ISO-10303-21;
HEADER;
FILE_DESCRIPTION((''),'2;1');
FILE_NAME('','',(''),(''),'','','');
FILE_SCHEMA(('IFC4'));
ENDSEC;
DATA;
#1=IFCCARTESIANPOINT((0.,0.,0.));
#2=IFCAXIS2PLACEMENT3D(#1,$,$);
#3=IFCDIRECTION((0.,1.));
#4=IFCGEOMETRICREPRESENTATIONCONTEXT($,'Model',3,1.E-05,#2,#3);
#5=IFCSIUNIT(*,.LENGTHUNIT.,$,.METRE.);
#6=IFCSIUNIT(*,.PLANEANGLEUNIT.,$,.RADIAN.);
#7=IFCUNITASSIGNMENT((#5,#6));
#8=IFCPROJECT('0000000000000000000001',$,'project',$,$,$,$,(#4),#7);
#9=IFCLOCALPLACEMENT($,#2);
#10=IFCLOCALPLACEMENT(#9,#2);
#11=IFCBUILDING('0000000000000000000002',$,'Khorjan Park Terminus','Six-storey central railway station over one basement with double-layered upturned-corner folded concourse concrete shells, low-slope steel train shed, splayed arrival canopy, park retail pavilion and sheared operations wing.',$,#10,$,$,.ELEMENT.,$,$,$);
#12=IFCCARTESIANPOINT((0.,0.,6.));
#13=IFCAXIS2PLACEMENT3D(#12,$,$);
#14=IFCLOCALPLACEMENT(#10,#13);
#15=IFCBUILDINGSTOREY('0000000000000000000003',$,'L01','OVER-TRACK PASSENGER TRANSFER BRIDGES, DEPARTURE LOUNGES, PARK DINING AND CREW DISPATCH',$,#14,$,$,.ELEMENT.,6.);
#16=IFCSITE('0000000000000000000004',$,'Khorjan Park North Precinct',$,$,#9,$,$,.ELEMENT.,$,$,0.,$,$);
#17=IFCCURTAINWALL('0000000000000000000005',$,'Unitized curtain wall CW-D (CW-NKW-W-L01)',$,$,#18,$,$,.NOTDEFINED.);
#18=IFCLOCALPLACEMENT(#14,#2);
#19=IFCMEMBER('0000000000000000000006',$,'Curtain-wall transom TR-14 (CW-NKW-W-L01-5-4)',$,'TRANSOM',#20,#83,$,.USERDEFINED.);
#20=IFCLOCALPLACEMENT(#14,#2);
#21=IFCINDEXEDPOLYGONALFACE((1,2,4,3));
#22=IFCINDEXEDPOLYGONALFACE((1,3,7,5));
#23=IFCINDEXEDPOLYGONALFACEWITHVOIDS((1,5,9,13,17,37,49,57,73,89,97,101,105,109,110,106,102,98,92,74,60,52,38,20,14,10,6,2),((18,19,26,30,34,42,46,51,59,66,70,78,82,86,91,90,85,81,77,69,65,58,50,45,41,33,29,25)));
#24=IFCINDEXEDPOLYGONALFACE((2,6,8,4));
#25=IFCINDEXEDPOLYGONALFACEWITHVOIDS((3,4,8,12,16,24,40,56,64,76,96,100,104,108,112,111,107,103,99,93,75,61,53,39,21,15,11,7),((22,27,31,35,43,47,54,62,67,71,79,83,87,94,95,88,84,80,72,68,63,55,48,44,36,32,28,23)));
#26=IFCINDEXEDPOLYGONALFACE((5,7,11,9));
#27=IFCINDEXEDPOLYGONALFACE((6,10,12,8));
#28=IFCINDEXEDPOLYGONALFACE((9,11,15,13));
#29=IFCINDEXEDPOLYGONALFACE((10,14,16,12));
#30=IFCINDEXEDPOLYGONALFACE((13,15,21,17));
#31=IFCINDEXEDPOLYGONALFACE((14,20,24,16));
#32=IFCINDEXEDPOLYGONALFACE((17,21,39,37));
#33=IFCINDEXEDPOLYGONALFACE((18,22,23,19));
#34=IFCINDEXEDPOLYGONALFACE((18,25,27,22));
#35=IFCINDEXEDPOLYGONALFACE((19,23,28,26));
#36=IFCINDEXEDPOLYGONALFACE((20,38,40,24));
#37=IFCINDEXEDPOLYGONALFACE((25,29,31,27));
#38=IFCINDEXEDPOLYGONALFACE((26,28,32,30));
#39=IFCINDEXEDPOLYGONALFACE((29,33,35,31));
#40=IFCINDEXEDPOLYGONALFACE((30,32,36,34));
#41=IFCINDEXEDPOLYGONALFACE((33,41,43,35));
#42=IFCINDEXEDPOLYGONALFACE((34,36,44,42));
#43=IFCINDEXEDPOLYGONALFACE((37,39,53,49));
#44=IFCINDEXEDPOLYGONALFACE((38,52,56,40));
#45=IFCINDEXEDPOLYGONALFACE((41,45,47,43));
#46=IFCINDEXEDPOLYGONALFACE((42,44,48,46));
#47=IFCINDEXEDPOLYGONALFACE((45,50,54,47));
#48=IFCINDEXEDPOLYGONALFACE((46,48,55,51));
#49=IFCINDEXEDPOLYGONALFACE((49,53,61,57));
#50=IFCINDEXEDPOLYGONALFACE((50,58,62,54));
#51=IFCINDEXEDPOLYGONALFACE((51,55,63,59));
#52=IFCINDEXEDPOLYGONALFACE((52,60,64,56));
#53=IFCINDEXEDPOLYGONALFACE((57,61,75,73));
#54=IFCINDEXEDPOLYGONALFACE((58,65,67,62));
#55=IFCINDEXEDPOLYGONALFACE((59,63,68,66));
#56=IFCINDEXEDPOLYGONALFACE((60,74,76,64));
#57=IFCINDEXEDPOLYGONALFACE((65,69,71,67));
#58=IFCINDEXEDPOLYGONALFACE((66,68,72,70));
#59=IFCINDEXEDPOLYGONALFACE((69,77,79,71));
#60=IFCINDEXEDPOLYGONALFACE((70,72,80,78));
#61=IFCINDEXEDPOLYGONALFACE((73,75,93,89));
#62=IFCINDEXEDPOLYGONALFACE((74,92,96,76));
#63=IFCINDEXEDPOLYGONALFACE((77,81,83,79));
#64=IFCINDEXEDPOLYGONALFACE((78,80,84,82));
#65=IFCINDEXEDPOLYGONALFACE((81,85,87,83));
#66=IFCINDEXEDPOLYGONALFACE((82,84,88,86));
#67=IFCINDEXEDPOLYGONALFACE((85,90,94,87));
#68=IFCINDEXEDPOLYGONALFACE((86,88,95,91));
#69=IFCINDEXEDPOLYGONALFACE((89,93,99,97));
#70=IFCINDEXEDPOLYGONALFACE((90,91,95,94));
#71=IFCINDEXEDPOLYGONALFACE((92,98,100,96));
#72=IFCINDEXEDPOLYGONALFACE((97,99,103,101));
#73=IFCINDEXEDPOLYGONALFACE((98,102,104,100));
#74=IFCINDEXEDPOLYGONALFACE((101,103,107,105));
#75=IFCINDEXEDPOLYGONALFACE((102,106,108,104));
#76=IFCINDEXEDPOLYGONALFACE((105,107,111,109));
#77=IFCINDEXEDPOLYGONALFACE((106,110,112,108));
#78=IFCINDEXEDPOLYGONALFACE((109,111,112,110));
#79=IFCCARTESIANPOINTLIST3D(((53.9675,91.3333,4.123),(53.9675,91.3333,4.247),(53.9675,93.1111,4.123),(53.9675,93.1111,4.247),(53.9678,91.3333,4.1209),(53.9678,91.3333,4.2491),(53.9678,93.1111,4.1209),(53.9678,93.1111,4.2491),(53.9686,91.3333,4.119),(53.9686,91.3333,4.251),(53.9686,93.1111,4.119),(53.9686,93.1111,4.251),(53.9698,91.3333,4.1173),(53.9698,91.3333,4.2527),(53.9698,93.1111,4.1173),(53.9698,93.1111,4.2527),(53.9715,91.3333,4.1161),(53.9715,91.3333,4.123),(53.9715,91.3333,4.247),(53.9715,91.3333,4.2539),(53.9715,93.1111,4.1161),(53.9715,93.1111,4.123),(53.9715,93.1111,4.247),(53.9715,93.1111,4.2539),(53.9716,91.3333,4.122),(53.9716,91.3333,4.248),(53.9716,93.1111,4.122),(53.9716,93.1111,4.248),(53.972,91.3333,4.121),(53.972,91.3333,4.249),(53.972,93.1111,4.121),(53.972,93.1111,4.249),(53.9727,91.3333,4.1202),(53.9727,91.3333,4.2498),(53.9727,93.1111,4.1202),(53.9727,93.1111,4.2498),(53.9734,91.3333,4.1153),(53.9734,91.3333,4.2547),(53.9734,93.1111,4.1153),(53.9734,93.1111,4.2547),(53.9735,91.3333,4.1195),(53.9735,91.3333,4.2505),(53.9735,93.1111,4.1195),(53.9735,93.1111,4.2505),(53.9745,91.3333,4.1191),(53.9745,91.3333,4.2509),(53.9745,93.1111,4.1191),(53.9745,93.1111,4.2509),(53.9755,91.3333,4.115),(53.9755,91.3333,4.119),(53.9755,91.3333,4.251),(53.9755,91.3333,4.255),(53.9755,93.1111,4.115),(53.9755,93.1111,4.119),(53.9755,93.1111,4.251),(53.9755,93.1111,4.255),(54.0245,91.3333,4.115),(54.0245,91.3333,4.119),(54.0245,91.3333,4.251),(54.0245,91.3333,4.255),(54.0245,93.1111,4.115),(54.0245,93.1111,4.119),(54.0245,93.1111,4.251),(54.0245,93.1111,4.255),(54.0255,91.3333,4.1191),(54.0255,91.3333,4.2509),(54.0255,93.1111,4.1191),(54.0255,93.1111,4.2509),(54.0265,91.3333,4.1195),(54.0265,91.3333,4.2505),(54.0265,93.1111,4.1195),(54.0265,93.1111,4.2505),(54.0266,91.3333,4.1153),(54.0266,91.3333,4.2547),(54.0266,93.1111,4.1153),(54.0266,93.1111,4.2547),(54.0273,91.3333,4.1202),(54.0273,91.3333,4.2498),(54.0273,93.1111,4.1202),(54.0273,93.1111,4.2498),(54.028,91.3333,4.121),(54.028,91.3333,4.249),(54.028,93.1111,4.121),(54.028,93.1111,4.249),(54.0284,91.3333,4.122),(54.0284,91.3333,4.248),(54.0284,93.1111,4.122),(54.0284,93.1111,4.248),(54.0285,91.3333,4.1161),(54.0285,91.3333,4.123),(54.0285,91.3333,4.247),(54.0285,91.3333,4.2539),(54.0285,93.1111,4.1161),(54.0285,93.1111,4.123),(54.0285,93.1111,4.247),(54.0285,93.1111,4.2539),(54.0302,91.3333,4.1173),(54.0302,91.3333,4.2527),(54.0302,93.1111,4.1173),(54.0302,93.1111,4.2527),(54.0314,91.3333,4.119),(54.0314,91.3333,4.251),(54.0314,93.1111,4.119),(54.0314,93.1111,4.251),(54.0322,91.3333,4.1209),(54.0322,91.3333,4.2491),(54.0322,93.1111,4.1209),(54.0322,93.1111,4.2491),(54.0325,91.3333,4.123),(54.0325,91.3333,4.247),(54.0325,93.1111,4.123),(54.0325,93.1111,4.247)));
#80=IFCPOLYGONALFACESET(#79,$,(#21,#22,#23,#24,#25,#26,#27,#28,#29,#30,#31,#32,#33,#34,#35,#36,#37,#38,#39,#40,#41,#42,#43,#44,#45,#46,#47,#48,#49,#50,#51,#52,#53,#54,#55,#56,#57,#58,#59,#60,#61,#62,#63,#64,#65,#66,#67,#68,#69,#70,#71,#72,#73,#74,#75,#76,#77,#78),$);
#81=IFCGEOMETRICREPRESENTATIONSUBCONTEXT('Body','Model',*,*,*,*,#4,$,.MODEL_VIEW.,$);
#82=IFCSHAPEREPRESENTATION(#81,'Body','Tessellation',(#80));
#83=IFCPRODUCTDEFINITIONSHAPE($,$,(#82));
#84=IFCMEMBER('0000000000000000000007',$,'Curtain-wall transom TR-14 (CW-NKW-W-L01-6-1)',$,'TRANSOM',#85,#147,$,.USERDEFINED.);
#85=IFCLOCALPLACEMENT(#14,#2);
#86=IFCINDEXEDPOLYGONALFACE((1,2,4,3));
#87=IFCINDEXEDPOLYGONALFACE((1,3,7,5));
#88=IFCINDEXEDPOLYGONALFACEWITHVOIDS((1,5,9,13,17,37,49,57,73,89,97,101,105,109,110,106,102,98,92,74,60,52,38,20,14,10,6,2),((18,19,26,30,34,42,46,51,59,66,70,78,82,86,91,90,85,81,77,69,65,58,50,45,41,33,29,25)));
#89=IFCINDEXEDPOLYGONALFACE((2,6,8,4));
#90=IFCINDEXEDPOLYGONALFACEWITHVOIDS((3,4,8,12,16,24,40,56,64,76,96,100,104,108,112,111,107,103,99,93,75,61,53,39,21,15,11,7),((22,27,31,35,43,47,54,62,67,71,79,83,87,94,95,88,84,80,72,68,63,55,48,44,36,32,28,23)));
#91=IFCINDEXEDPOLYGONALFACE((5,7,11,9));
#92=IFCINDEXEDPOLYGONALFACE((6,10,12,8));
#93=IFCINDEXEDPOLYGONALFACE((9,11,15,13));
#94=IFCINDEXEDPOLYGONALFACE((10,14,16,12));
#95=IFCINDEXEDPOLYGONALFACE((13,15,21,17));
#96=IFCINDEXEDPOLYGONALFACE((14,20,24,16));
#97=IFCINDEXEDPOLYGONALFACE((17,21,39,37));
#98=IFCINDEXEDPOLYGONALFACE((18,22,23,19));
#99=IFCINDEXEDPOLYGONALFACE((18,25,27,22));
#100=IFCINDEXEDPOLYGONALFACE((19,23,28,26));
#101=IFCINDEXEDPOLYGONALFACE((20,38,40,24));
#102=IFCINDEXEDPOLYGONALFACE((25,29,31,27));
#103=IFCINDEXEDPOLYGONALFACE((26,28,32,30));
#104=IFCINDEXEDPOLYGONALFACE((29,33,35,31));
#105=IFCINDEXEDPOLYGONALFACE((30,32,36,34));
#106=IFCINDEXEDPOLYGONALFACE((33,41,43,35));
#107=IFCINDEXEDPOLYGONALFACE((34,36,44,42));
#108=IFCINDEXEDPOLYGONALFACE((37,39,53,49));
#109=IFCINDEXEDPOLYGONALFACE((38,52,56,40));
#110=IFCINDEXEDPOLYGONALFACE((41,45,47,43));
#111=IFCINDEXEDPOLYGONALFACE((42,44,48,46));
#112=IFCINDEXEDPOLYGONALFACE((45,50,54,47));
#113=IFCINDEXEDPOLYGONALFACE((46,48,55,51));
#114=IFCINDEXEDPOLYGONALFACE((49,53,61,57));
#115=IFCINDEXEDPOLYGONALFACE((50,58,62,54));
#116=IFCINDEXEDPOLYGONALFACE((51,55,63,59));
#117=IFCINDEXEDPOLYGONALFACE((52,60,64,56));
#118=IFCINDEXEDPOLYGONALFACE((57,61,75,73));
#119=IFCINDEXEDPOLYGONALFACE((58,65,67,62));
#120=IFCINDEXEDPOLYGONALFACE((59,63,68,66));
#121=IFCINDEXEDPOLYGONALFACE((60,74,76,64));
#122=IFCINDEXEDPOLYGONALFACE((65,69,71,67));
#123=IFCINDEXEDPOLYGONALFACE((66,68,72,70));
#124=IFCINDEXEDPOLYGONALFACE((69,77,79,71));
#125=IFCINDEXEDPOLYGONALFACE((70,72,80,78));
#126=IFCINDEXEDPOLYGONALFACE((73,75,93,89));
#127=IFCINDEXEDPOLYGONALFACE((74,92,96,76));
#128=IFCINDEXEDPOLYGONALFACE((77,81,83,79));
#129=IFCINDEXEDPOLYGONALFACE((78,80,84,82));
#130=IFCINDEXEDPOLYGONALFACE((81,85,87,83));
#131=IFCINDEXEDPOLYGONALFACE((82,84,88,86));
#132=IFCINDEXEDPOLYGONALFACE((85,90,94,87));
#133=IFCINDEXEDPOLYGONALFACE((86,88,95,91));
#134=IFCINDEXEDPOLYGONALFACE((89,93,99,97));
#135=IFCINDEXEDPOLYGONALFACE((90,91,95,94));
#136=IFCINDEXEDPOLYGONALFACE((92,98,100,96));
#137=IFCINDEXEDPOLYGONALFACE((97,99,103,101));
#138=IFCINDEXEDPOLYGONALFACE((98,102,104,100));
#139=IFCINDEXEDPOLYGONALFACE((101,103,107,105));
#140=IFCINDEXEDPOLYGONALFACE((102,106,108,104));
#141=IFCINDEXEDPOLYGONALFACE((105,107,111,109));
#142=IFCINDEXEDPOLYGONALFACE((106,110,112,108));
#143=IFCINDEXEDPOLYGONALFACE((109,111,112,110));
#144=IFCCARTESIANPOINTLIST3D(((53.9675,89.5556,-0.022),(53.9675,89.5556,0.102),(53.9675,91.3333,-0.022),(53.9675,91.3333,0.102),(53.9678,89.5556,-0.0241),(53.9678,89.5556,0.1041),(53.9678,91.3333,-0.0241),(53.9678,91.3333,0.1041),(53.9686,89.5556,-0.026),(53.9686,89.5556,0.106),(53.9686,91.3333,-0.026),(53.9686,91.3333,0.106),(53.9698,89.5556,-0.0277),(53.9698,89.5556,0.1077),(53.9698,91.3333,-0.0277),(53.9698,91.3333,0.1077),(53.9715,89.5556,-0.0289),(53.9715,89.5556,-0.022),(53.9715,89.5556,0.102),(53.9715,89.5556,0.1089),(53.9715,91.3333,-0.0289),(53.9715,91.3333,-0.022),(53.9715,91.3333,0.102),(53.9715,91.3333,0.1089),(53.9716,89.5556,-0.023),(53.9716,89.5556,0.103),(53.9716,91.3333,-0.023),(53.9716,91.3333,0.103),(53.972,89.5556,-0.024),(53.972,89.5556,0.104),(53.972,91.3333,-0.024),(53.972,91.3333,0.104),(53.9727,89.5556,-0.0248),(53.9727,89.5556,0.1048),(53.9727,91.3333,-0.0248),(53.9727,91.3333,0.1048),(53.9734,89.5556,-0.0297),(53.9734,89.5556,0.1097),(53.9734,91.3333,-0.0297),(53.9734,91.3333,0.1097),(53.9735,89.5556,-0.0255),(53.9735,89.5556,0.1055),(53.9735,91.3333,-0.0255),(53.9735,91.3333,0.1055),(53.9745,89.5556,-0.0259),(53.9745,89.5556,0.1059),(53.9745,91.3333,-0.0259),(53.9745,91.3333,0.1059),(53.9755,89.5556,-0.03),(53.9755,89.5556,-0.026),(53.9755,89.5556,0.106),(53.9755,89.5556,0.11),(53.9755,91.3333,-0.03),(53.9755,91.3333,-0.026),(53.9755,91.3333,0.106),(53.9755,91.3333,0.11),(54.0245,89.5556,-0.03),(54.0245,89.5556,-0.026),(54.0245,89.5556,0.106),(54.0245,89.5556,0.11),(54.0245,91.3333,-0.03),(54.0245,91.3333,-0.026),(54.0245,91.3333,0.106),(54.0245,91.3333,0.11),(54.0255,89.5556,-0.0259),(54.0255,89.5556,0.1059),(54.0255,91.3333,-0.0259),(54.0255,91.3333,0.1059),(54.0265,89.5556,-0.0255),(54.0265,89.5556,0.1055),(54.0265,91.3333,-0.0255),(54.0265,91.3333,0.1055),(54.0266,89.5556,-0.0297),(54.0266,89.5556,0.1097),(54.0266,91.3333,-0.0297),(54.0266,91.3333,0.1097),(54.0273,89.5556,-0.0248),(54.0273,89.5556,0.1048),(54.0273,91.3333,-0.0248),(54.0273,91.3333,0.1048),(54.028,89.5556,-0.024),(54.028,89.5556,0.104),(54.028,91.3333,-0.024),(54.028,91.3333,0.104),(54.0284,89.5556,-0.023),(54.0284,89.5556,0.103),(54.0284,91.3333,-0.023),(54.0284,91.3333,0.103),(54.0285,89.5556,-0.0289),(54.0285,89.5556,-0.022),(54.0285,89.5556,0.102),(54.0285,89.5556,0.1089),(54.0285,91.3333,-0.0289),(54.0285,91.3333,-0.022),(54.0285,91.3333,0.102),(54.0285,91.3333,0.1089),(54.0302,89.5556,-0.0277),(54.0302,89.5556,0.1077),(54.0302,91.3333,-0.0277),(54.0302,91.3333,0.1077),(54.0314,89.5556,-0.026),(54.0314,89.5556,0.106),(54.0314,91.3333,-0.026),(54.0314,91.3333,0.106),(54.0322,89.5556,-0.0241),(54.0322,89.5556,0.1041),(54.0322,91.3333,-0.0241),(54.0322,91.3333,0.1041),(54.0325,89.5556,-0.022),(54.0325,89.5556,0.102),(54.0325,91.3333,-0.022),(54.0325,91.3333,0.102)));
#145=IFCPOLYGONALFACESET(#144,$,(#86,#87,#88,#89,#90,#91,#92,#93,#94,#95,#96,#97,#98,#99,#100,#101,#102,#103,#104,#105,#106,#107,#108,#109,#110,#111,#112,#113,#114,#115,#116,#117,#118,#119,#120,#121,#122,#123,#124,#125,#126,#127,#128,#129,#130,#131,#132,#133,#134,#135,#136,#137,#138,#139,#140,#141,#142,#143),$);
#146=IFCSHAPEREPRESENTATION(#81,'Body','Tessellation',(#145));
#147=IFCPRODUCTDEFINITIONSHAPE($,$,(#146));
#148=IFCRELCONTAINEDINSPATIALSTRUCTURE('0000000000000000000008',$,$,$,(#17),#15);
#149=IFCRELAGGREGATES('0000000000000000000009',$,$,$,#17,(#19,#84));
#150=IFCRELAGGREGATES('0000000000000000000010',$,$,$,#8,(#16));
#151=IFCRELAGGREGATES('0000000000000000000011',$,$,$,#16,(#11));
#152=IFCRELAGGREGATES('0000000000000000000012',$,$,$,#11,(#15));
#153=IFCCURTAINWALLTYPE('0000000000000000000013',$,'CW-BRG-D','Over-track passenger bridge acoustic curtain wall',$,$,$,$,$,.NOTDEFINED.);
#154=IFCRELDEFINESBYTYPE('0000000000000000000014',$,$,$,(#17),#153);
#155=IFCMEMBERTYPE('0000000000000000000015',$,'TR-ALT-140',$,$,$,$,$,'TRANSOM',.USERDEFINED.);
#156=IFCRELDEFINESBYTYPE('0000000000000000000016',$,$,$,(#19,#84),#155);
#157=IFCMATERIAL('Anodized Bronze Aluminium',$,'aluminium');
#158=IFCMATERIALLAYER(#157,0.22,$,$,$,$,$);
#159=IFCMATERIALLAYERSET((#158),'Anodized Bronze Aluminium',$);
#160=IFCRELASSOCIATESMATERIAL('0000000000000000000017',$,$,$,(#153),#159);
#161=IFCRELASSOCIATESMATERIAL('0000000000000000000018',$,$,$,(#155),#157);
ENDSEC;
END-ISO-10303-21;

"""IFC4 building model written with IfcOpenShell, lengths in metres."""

from ifc_helpers import new_model, si_unit, direction, frame, origin, origin_2d, place, context, subcontext, project, spatial, hollow_rectangle, extrude, material, layer, layer_set, material_profile, profile_set, type_object, element, aggregate, save


model = new_model("IFC4")

# Units and contexts
model_context = context("Model", 3, precision=1e-05, world=origin(), true_north=direction((0.0, 1.0)))
body_context = subcontext(model_context, "Body", "Model", "MODEL_VIEW")
ifc_project = project(units=[si_unit("LENGTHUNIT", "METRE"), si_unit("PLANEANGLEUNIT", "RADIAN")], contexts=[model_context])

# Site, building, storey
site_placement = place(None, origin())
site = spatial("IfcSite", under=ifc_project, at=site_placement, Name="Khorjan Park North Precinct", CompositionType="ELEMENT", RefElevation=0.0)
building_placement = place(site_placement, origin())
building = spatial("IfcBuilding", under=site, at=building_placement, Name="Khorjan Park Terminus", Description="Six-storey central railway station over one basement with double-layered upturned-corner folded concourse concrete shells, low-slope steel train shed, splayed arrival canopy, park retail pavilion and sheared operations wing.", CompositionType="ELEMENT")
storey_placement = place(building_placement, frame((0.0, 0.0, 6.0)))
storey = spatial("IfcBuildingStorey", under=building, at=storey_placement, Name="L01", Description="OVER-TRACK PASSENGER TRANSFER BRIDGES, DEPARTURE LOUNGES, PARK DINING AND CREW DISPATCH", CompositionType="ELEMENT", Elevation=6.0)

# Curtain wall, members
ifc_material_1 = material(Name="Anodized Bronze Aluminium", Category="aluminium")
ifc_layer_1 = layer(ifc_material_1, 0.22)
ifc_layer_set_1 = layer_set([ifc_layer_1], Name="Anodized Bronze Aluminium")
curtain_wall_type = type_object("IfcCurtainWallType", Name="CW-BRG-D", Description="Over-track passenger bridge acoustic curtain wall", PredefinedType="NOTDEFINED", material=ifc_layer_set_1)
curtain_wall_placement = place(storey_placement, origin())
curtain_wall = element("IfcCurtainWall", 1, at=curtain_wall_placement, inside=storey, type_object=curtain_wall_type, Name="Unitized curtain wall CW-D (CW-NKW-W-L01)", PredefinedType="NOTDEFINED")
ifc_material_profile_1 = material_profile(ifc_material_1, hollow_rectangle(XDim=0.065, YDim=0.14, WallThickness=0.004, InnerFilletRadius=0.004, OuterFilletRadius=0.008, at=origin_2d()), Name="ALT 65x140x4")
ifc_profile_set_1 = profile_set([ifc_material_profile_1], Name="Anodized Bronze Aluminium")
member_type_1 = type_object("IfcMemberType", Name="TR-ALT-140", ElementType="TRANSOM", PredefinedType="USERDEFINED", material=ifc_profile_set_1)
member_1_placement = place(storey_placement, frame((54.0, 93.1111, 4.185), z_axis=(0.0, -1.0, 0.0), x_axis=(1.0, 0.0, 0.0)))
member_1 = element("IfcMember", 2, at=member_1_placement, type_object=member_type_1, Name="Curtain-wall transom TR-14 (CW-NKW-W-L01-5-4)", ObjectType="TRANSOM", PredefinedType="USERDEFINED", context=body_context, shape_type="SweptSolid", body=[
    extrude(hollow_rectangle(XDim=0.065, YDim=0.14, WallThickness=0.004, InnerFilletRadius=0.004, OuterFilletRadius=0.008, at=origin_2d()), origin(), (0.0, 0.0, 1.0), 1.7778),
])
member_2_placement = place(storey_placement, frame((54.0, 91.3333, 0.04), z_axis=(0.0, -1.0, 0.0), x_axis=(1.0, 0.0, 0.0)))
member_2 = element("IfcMember", 3, at=member_2_placement, type_object=member_type_1, Name="Curtain-wall transom TR-14 (CW-NKW-W-L01-6-1)", ObjectType="TRANSOM", PredefinedType="USERDEFINED", context=body_context, shape_type="SweptSolid", body=[
    extrude(hollow_rectangle(XDim=0.065, YDim=0.14, WallThickness=0.004, InnerFilletRadius=0.004, OuterFilletRadius=0.008, at=origin_2d()), origin(), (0.0, 0.0, 1.0), 1.7777),
])
aggregate(curtain_wall, [member_1, member_2])

save(model, "model.ifc")
